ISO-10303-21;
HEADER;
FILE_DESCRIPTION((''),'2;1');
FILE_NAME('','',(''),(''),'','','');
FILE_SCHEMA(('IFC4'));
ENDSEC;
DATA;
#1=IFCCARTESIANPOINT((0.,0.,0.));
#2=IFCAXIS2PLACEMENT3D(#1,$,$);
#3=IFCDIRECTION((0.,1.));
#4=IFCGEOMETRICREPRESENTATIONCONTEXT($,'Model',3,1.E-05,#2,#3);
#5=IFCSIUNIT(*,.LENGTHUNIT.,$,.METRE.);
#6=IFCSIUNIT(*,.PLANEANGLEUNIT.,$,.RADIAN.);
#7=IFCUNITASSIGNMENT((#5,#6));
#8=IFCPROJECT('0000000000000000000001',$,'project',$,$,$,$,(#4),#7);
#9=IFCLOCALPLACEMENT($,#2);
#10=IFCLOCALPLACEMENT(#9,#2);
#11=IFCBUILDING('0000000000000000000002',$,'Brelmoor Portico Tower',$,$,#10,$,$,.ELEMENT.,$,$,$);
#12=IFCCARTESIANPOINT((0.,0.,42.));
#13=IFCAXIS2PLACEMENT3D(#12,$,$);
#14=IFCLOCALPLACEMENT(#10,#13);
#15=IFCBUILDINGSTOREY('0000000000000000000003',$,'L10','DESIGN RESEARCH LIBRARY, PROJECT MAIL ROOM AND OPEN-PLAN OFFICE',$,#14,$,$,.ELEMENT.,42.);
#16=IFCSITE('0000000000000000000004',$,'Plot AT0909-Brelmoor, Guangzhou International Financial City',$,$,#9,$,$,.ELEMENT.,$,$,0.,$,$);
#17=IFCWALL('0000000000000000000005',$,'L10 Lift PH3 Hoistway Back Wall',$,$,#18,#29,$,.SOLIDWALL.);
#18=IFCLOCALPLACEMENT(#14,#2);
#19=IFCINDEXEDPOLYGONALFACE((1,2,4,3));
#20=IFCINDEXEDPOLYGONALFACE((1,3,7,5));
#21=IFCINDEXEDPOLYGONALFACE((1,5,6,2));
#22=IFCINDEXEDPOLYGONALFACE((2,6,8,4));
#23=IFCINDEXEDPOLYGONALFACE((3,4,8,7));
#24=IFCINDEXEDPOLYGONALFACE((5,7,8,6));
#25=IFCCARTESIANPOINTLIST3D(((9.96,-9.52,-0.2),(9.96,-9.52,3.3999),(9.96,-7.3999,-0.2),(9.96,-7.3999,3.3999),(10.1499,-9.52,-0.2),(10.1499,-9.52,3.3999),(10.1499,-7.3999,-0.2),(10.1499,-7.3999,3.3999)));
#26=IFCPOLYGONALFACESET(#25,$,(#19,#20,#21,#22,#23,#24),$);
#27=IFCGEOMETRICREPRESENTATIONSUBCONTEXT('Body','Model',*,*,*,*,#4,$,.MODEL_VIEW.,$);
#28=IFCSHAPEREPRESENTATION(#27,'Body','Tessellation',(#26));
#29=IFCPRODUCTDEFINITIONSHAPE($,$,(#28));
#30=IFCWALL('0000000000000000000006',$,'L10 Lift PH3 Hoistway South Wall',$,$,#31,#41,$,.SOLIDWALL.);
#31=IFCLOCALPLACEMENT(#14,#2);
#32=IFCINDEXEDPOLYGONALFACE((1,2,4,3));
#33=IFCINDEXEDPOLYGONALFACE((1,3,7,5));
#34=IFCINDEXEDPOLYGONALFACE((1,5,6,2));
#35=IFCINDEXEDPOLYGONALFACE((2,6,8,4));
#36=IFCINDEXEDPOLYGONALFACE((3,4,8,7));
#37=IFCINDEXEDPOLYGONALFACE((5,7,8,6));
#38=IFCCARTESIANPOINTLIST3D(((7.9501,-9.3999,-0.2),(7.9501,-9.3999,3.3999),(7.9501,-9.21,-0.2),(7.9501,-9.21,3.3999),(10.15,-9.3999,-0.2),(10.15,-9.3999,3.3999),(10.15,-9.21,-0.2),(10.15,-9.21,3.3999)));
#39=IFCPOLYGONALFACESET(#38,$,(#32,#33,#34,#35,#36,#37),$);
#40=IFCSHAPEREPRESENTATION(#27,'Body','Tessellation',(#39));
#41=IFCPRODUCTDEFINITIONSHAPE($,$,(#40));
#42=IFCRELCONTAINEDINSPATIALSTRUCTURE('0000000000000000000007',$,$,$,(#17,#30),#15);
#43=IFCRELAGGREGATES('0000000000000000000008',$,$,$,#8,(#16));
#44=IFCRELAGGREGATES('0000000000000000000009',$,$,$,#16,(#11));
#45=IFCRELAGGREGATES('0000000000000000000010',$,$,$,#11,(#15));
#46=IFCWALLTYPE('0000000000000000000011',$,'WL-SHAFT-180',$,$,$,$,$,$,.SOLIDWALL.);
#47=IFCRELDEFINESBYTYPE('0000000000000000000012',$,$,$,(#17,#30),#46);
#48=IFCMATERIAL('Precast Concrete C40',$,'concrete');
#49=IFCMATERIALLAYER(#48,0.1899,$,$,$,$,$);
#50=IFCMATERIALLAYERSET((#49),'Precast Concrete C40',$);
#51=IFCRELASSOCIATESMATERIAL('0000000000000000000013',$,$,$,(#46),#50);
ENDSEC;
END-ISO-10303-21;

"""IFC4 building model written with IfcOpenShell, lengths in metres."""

from ifc_helpers import new_model, si_unit, direction, frame, frame_2d, origin, place, context, subcontext, project, spatial, rectangle, extrude, material, layer, layer_set, type_object, element, save


model = new_model("IFC4")

# Units and contexts
model_context = context("Model", 3, precision=1e-05, world=origin(), true_north=direction((0.0, 1.0)))
body_context = subcontext(model_context, "Body", "Model", "MODEL_VIEW")
ifc_project = project(units=[si_unit("LENGTHUNIT", "METRE"), si_unit("PLANEANGLEUNIT", "RADIAN")], contexts=[model_context])

# Site, building, storey
site_placement = place(None, origin())
site = spatial("IfcSite", under=ifc_project, at=site_placement, Name="Plot AT0909-Brelmoor, Guangzhou International Financial City", CompositionType="ELEMENT", RefElevation=0.0)
building_placement = place(site_placement, origin())
building = spatial("IfcBuilding", under=site, at=building_placement, Name="Brelmoor Portico Tower", CompositionType="ELEMENT")
storey_placement = place(building_placement, frame((0.0, 0.0, 42.0)))
storey = spatial("IfcBuildingStorey", under=building, at=storey_placement, Name="L10", Description="DESIGN RESEARCH LIBRARY, PROJECT MAIL ROOM AND OPEN-PLAN OFFICE", CompositionType="ELEMENT", Elevation=42.0)

# Walls
ifc_material_1 = material(Name="Precast Concrete C40", Category="concrete")
ifc_layer_1 = layer(ifc_material_1, 0.1899)
ifc_layer_set_1 = layer_set([ifc_layer_1], Name="Precast Concrete C40")
wall_type_1 = type_object("IfcWallType", Name="WL-SHAFT-180", PredefinedType="SOLIDWALL", material=ifc_layer_set_1)
for number, where, z_axis, x_axis, name in (
    (1, (10.0549, -9.52, -0.2), (0.0, 0.0, 1.0), (0.0, 1.0, 0.0), "L10 Lift PH3 Hoistway Back Wall"),
):
    element("IfcWall", number, at=place(storey_placement, frame(where, z_axis=z_axis, x_axis=x_axis)), inside=storey, type_object=wall_type_1, Name=name, PredefinedType="SOLIDWALL", context=body_context, shape_type="SweptSolid", body=[
        extrude(rectangle(XDim=2.1201, YDim=0.1899, at=frame_2d((1.0601, 0.0))), origin(), (0.0, 0.0, 1.0), 3.5999),
    ])
wall_1_placement = place(storey_placement, frame((7.95, -9.3049, -0.2), z_axis=(0.0, 0.0, 1.0), x_axis=(1.0, 0.0, 0.0)))
element("IfcWall", 2, at=wall_1_placement, inside=storey, type_object=wall_type_1, Name="L10 Lift PH3 Hoistway South Wall", PredefinedType="SOLIDWALL", context=body_context, shape_type="SweptSolid", body=[
    extrude(rectangle(XDim=2.2, YDim=0.1899, at=frame_2d((1.1001, 0.0))), origin(), (0.0, 0.0, 1.0), 3.5999),
])

save(model, "model.ifc")
